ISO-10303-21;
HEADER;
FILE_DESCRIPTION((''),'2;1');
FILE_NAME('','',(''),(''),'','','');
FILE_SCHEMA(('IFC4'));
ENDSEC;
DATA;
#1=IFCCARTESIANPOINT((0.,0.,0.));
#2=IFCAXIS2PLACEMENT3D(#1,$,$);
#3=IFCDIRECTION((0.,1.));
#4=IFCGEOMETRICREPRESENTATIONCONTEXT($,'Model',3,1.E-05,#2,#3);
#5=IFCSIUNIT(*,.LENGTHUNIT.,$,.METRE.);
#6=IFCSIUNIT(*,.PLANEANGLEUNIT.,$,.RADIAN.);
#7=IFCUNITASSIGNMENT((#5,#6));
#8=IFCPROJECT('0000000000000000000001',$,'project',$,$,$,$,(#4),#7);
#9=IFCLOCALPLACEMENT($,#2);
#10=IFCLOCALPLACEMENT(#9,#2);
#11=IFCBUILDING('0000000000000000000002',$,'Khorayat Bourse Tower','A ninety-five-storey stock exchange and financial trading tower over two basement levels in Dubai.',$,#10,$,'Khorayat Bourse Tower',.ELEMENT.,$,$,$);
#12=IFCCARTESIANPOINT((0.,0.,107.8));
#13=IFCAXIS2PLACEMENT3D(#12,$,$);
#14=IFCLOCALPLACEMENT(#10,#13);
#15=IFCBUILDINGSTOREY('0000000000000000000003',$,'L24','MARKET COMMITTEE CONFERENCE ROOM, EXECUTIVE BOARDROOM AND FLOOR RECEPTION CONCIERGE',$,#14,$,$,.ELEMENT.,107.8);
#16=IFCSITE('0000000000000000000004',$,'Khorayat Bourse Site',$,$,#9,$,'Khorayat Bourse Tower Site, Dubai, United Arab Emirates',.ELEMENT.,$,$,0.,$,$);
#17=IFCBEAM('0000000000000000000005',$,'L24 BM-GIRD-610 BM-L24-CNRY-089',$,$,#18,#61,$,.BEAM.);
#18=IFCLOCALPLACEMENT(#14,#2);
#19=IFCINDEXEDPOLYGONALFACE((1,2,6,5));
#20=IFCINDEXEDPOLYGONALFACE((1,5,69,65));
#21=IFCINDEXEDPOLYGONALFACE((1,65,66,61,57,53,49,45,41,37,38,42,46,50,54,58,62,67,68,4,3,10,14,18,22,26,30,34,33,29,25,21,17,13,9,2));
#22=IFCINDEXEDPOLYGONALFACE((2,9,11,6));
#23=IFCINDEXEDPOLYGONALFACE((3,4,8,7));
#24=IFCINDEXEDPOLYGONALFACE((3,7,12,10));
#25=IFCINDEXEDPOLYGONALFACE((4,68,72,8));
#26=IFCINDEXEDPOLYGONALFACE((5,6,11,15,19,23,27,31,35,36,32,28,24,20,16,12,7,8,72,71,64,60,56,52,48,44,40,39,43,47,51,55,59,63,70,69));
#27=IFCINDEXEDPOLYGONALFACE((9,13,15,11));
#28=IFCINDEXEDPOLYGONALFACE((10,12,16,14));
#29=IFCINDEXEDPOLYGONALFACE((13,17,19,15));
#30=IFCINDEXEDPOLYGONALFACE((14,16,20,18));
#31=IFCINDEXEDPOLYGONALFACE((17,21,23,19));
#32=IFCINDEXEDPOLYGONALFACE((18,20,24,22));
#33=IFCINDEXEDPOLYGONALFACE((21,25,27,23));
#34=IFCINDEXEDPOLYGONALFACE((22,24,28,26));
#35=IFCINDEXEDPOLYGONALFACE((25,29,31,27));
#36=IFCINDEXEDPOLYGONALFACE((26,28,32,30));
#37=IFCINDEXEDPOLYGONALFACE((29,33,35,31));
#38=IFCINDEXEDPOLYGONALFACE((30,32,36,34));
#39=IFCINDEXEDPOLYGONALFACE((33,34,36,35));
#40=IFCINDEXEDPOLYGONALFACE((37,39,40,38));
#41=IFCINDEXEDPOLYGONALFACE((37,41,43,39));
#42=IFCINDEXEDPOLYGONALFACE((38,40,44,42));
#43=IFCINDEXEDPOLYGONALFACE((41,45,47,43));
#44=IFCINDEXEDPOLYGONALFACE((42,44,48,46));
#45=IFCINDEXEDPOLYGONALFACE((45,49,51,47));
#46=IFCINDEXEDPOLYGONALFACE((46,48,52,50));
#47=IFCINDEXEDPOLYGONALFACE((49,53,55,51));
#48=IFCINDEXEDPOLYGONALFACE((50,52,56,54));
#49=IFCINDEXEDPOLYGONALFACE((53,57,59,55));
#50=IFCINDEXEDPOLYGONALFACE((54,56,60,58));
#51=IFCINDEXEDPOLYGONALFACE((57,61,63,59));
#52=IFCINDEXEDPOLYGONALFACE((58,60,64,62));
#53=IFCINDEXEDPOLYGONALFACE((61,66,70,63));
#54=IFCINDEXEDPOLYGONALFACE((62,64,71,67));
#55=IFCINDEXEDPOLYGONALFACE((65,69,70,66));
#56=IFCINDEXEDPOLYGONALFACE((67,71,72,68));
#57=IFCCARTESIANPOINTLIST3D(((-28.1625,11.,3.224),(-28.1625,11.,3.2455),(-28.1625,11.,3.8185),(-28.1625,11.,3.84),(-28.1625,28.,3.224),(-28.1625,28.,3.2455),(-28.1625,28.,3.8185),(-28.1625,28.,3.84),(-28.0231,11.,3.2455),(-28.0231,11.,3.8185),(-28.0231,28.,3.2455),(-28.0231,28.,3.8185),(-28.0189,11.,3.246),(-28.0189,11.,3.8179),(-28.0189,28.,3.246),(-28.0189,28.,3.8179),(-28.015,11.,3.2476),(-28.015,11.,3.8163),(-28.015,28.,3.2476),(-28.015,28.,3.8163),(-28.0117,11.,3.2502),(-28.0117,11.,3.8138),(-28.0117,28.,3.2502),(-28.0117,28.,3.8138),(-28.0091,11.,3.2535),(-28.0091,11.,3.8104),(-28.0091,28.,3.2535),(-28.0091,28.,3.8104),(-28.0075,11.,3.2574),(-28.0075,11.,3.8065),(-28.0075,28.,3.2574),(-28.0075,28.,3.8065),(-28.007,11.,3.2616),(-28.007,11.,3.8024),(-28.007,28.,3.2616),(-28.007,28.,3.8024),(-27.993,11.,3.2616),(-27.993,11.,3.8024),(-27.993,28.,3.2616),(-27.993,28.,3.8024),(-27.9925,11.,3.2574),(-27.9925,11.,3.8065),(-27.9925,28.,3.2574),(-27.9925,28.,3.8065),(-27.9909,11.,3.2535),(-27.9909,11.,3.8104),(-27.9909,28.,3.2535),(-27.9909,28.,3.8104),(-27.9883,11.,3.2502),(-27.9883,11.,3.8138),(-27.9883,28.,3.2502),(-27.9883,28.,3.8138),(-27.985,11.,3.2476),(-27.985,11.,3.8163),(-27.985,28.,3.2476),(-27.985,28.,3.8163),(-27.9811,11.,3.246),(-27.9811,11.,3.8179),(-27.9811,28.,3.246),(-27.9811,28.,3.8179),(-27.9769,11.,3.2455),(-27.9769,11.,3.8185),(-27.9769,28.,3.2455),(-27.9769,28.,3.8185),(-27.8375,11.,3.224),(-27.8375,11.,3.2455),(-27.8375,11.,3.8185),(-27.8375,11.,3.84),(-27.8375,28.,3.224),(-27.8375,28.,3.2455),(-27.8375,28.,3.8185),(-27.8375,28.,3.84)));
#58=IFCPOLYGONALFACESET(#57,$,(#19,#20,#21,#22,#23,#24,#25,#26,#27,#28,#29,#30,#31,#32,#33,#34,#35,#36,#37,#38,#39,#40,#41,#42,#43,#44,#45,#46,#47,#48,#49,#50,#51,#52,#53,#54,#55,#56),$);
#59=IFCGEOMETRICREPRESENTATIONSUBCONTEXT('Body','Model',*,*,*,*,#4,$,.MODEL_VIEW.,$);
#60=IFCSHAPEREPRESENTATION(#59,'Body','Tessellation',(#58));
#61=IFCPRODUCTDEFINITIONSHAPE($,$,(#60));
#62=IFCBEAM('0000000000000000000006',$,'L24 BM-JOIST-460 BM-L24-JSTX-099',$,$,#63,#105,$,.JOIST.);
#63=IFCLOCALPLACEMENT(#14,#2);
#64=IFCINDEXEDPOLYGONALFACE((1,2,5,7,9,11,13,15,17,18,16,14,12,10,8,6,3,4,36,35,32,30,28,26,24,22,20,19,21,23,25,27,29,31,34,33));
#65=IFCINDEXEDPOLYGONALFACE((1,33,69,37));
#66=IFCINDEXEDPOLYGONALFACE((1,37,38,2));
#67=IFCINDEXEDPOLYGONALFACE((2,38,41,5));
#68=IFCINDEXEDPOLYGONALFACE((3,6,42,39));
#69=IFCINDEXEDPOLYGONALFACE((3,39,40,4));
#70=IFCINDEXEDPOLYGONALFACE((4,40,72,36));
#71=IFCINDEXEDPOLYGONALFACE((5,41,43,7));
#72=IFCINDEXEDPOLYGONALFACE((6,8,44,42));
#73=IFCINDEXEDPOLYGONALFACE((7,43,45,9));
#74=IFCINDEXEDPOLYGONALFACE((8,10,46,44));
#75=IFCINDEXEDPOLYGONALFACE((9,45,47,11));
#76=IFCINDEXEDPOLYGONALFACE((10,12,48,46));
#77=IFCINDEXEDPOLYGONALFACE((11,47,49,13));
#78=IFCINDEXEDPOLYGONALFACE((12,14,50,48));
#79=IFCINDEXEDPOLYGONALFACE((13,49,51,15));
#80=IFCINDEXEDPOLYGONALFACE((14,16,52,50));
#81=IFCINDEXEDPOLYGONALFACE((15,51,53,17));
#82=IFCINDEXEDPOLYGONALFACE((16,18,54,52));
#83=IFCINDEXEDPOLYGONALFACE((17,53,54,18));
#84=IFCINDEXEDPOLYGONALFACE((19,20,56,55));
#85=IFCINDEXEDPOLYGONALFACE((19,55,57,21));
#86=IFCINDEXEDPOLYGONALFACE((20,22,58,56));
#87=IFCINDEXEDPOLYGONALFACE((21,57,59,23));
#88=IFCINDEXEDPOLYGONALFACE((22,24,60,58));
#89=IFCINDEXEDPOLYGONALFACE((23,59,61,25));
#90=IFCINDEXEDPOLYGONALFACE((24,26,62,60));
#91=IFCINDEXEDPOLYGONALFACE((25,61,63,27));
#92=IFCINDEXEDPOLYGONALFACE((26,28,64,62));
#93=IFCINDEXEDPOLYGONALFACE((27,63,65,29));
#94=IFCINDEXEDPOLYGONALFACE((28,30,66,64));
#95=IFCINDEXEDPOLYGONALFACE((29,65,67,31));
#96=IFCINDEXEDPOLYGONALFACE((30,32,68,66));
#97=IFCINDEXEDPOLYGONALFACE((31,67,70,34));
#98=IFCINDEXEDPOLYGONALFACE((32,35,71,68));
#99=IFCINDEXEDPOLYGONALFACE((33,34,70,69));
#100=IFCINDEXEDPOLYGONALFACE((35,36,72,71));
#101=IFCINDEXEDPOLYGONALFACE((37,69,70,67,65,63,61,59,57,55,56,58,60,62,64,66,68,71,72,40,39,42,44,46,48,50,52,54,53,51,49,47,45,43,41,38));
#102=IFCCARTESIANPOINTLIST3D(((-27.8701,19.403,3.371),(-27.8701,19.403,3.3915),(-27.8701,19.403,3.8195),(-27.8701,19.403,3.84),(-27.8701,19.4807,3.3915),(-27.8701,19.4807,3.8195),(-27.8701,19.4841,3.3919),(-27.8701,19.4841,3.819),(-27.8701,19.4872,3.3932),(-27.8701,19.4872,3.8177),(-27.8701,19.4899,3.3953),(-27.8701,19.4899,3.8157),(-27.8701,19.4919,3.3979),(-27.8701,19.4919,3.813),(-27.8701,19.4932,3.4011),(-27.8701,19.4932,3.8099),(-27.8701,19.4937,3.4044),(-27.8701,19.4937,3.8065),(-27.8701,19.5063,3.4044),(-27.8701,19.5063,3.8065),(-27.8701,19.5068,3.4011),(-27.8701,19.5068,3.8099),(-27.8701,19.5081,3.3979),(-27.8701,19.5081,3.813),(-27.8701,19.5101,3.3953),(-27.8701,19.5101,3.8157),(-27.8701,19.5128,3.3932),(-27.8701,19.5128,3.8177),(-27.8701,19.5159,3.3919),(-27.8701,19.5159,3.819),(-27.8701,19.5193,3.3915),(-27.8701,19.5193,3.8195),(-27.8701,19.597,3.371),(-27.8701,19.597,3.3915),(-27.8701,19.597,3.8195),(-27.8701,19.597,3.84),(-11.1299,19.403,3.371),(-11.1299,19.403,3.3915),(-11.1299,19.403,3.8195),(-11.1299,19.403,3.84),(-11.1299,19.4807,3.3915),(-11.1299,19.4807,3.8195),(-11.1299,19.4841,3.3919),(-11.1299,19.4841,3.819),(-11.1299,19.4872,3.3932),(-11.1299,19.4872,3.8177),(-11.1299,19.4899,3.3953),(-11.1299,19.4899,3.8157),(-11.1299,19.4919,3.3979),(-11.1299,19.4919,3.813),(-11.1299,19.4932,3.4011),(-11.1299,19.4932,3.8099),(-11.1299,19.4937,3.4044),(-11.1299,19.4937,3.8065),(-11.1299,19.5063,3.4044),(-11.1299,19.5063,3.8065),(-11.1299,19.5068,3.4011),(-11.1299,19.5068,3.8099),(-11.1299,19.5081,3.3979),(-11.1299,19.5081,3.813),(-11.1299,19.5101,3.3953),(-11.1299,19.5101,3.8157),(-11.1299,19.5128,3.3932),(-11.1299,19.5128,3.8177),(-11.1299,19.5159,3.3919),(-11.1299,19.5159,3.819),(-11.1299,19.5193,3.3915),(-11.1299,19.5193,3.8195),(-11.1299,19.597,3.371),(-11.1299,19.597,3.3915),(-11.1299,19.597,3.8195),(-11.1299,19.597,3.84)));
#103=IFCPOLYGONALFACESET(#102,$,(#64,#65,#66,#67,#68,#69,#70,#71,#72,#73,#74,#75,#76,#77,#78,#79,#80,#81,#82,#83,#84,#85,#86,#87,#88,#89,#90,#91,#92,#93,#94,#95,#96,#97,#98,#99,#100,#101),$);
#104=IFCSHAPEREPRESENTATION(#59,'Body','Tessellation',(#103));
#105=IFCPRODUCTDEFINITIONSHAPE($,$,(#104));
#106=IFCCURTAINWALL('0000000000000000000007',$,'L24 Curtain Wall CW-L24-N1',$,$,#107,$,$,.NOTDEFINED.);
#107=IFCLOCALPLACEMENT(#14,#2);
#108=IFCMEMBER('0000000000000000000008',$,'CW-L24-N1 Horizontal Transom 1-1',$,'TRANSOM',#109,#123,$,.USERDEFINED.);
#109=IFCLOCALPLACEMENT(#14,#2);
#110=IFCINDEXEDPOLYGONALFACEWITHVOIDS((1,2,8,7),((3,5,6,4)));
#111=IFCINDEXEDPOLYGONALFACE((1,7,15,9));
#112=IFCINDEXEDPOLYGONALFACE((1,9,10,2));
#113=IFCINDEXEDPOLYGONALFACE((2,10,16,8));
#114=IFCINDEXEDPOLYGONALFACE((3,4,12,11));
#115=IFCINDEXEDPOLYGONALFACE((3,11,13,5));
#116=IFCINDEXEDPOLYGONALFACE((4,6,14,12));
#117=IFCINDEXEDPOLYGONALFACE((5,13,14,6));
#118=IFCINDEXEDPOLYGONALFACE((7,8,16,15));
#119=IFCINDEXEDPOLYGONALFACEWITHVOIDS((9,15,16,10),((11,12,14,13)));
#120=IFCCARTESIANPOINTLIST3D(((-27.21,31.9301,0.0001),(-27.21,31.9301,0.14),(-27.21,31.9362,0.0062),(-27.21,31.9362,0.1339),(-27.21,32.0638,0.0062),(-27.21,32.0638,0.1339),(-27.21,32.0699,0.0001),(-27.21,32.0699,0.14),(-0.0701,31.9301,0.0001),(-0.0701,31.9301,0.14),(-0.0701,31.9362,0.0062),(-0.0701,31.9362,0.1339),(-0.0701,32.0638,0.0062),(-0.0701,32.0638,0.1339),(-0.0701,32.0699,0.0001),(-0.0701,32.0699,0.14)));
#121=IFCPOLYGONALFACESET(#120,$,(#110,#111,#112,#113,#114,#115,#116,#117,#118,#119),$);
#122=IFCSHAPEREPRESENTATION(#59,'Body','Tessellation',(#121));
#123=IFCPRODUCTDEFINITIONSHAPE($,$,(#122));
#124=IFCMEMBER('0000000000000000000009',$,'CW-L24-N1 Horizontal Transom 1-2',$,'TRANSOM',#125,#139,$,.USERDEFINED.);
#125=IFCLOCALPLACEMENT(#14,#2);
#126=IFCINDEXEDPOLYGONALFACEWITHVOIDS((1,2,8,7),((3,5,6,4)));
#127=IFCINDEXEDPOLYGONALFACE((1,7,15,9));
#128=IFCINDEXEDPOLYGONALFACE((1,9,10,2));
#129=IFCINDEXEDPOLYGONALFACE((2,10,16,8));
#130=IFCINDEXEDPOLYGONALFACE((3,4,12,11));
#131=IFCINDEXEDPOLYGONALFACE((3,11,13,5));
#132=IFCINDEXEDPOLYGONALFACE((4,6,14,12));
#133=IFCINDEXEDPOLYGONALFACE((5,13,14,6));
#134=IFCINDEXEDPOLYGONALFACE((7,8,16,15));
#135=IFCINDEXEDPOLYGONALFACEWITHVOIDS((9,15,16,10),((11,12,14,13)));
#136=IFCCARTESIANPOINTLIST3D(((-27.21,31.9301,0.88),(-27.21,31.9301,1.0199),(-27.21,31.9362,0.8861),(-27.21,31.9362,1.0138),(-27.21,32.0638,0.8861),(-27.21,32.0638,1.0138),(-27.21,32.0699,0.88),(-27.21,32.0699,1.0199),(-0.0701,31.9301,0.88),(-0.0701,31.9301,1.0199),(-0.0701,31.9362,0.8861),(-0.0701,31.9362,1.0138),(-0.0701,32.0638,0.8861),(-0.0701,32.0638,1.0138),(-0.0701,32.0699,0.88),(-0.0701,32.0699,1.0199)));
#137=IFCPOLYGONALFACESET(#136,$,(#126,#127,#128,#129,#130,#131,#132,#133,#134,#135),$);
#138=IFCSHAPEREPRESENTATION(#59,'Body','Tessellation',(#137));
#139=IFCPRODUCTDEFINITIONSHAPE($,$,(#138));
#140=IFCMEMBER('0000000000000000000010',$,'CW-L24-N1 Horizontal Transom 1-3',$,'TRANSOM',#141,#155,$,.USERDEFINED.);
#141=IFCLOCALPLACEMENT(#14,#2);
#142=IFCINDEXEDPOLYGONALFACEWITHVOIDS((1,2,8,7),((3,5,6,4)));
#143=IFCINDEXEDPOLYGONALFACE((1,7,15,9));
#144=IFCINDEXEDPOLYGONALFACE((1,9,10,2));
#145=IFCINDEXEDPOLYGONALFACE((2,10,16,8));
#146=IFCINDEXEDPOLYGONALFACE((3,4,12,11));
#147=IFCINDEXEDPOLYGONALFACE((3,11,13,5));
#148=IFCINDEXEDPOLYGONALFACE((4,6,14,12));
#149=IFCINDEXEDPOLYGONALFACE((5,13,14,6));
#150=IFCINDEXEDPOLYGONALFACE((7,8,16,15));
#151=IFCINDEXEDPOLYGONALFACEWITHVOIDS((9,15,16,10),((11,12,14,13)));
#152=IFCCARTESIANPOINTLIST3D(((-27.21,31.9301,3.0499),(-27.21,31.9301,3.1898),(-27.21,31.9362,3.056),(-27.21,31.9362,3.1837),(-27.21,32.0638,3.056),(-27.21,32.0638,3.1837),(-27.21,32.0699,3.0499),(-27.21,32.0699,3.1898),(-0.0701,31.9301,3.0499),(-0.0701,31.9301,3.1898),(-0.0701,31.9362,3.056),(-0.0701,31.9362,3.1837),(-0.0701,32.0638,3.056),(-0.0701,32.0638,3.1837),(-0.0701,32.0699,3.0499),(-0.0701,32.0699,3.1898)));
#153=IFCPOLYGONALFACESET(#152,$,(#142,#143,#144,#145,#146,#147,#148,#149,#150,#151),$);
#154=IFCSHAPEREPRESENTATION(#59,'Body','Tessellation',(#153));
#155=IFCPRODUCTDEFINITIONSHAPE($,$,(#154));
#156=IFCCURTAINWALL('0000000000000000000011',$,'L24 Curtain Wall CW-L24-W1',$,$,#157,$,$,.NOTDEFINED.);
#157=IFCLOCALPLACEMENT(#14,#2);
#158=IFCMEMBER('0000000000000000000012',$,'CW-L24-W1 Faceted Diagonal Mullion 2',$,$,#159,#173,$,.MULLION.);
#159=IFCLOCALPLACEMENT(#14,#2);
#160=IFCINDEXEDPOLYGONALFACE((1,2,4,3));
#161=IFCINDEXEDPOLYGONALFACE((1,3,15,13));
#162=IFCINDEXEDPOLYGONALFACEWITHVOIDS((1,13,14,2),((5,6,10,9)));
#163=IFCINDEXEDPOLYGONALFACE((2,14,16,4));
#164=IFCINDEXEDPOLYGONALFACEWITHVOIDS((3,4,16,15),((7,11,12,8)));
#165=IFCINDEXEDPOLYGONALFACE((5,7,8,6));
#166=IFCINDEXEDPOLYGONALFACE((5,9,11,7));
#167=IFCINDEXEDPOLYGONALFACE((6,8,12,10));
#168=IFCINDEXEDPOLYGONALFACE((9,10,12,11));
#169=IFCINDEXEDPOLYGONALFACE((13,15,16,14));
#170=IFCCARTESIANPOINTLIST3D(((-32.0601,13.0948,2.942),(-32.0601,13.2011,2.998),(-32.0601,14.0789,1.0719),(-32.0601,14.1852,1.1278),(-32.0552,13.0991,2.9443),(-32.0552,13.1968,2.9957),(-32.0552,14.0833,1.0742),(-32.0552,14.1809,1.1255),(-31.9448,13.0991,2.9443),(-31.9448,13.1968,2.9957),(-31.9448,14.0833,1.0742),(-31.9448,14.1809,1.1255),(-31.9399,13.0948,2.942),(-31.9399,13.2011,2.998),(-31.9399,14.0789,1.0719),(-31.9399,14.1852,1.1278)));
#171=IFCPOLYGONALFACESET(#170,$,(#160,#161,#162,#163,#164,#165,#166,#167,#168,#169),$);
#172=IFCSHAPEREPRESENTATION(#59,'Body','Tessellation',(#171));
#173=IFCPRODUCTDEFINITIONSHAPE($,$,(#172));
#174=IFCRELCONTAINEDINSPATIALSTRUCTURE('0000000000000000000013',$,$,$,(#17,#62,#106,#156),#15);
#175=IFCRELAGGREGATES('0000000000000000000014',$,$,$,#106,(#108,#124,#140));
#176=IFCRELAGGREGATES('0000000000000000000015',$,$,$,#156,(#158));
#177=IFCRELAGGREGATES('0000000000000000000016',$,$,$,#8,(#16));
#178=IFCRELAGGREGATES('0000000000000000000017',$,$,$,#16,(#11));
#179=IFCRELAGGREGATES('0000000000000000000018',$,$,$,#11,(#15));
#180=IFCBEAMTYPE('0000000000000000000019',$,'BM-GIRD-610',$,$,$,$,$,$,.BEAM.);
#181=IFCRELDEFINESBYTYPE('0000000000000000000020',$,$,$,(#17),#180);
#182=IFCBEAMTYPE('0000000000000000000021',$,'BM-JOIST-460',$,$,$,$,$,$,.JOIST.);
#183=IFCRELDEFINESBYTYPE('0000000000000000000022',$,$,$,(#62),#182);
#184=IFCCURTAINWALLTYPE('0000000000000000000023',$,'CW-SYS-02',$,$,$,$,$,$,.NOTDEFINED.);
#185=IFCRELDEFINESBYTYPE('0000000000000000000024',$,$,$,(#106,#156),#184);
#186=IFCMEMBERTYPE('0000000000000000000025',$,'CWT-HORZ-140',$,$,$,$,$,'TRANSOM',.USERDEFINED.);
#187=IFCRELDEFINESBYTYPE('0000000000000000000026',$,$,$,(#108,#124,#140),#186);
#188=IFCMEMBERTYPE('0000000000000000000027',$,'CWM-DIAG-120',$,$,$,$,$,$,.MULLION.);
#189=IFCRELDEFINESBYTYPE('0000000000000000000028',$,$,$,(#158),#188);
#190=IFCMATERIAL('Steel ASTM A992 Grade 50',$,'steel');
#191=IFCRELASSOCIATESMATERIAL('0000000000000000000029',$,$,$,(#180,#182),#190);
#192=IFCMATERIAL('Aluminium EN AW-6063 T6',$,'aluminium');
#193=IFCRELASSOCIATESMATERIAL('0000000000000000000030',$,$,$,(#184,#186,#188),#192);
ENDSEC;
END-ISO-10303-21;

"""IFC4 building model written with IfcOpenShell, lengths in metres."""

from ifc_helpers import new_model, si_unit, direction, frame, origin, origin_2d, place, context, subcontext, project, spatial, hollow_rectangle, i_section, extrude, source, transform, mapped, material, material_profile, profile_set, type_object, element, aggregate, save


model = new_model("IFC4")

# Units and contexts
model_context = context("Model", 3, precision=1e-05, world=origin(), true_north=direction((0.0, 1.0)))
body_context = subcontext(model_context, "Body", "Model", "MODEL_VIEW")
ifc_project = project(units=[si_unit("LENGTHUNIT", "METRE"), si_unit("PLANEANGLEUNIT", "RADIAN")], contexts=[model_context])

# Site, building, storey
site_placement = place(None, origin())
site = spatial("IfcSite", under=ifc_project, at=site_placement, Name="Khorayat Bourse Site", LongName="Khorayat Bourse Tower Site, Dubai, United Arab Emirates", CompositionType="ELEMENT", RefElevation=0.0)
building_placement = place(site_placement, origin())
building = spatial("IfcBuilding", under=site, at=building_placement, Name="Khorayat Bourse Tower", Description="A ninety-five-storey stock exchange and financial trading tower over two basement levels in Dubai.", LongName="Khorayat Bourse Tower", CompositionType="ELEMENT")
storey_placement = place(building_placement, frame((0.0, 0.0, 107.8)))
storey = spatial("IfcBuildingStorey", under=building, at=storey_placement, Name="L24", Description="MARKET COMMITTEE CONFERENCE ROOM, EXECUTIVE BOARDROOM AND FLOOR RECEPTION CONCIERGE", CompositionType="ELEMENT", Elevation=107.8)

# Beams
ifc_material_1 = material(Name="Steel ASTM A992 Grade 50", Category="steel")
ifc_material_profile_1 = material_profile(ifc_material_1, i_section(OverallWidth=0.325, OverallDepth=0.616, WebThickness=0.0139, FlangeThickness=0.0215, FilletRadius=0.0161, at=origin_2d()), Name="W610X174")
ifc_profile_set_1 = profile_set([ifc_material_profile_1], Name="Steel ASTM A992 Grade 50")
beam_type_1 = type_object("IfcBeamType", Name="BM-GIRD-610", PredefinedType="BEAM", material=ifc_profile_set_1)
shared_shape_1 = source(origin(), body_context, "Body", "SweptSolid", [
    extrude(i_section(OverallWidth=0.325, OverallDepth=0.616, WebThickness=0.0139, FlangeThickness=0.0215, FilletRadius=0.0161, at=origin_2d()), origin(), (0.0, 0.0, 1.0), 17.0),
])
beam_1_placement = place(storey_placement, frame((-28.0, 11.0, 3.532), z_axis=(0.0, 1.0, 0.0), x_axis=(-1.0, 0.0, 0.0)))
element("IfcBeam", 1, at=beam_1_placement, inside=storey, type_object=beam_type_1, Name="L24 BM-GIRD-610 BM-L24-CNRY-089", PredefinedType="BEAM", context=body_context, shape_type="MappedRepresentation", body=[
    mapped(shared_shape_1, transform((0.0, 0.0, 0.0), scale=1.0)),
])
ifc_material_profile_2 = material_profile(ifc_material_1, i_section(OverallWidth=0.1941, OverallDepth=0.469, WebThickness=0.0127, FlangeThickness=0.0205, FilletRadius=0.0129, at=origin_2d()), Name="W460X106")
ifc_profile_set_2 = profile_set([ifc_material_profile_2], Name="Steel ASTM A992 Grade 50")
beam_type_2 = type_object("IfcBeamType", Name="BM-JOIST-460", PredefinedType="JOIST", material=ifc_profile_set_2)
shared_shape_2 = source(origin(), body_context, "Body", "SweptSolid", [
    extrude(i_section(OverallWidth=0.1941, OverallDepth=0.469, WebThickness=0.0127, FlangeThickness=0.0205, FilletRadius=0.0129, at=origin_2d()), origin(), (0.0, 0.0, 1.0), 16.7402),
])
beam_2_placement = place(storey_placement, frame((-27.8701, 19.5, 3.6055), z_axis=(1.0, 0.0, 0.0), x_axis=(0.0, 1.0, 0.0)))
element("IfcBeam", 2, at=beam_2_placement, inside=storey, type_object=beam_type_2, Name="L24 BM-JOIST-460 BM-L24-JSTX-099", PredefinedType="JOIST", context=body_context, shape_type="MappedRepresentation", body=[
    mapped(shared_shape_2, transform((0.0, 0.0, 0.0), scale=1.0)),
])

# Curtain wall, members
ifc_material_2 = material(Name="Aluminium EN AW-6063 T6", Category="aluminium")
curtain_wall_type = type_object("IfcCurtainWallType", Name="CW-SYS-02", PredefinedType="NOTDEFINED", material=ifc_material_2)
curtain_wall_1_placement = place(storey_placement, origin())
curtain_wall_1 = element("IfcCurtainWall", 3, at=curtain_wall_1_placement, inside=storey, type_object=curtain_wall_type, Name="L24 Curtain Wall CW-L24-N1", PredefinedType="NOTDEFINED")
ifc_material_profile_3 = material_profile(ifc_material_2, hollow_rectangle(XDim=0.1399, YDim=0.1399, WallThickness=0.0061, at=origin_2d()), Name="ALU 140x140x6")
ifc_profile_set_3 = profile_set([ifc_material_profile_3], Name="Aluminium EN AW-6063 T6")
member_type_1 = type_object("IfcMemberType", Name="CWT-HORZ-140", ElementType="TRANSOM", PredefinedType="USERDEFINED", material=ifc_profile_set_3)
shared_shape_3 = source(origin(), body_context, "Body", "SweptSolid", [
    extrude(hollow_rectangle(XDim=0.1399, YDim=0.1399, WallThickness=0.0061, at=origin_2d()), origin(), (0.0, 0.0, 1.0), 27.1399),
])
member_1_placement = place(storey_placement, frame((-27.21, 32.0, 0.0701), z_axis=(1.0, 0.0, 0.0), x_axis=(0.0, 1.0, 0.0)))
member_1 = element("IfcMember", 4, at=member_1_placement, type_object=member_type_1, Name="CW-L24-N1 Horizontal Transom 1-1", ObjectType="TRANSOM", PredefinedType="USERDEFINED", context=body_context, shape_type="MappedRepresentation", body=[
    mapped(shared_shape_3, transform((0.0, 0.0, 0.0), scale=1.0)),
])
member_2_placement = place(storey_placement, frame((-27.21, 32.0, 0.95), z_axis=(1.0, 0.0, 0.0), x_axis=(0.0, 1.0, 0.0)))
member_2 = element("IfcMember", 5, at=member_2_placement, type_object=member_type_1, Name="CW-L24-N1 Horizontal Transom 1-2", ObjectType="TRANSOM", PredefinedType="USERDEFINED", context=body_context, shape_type="MappedRepresentation", body=[
    mapped(shared_shape_3, transform((0.0, 0.0, 0.0), scale=1.0)),
])
member_3_placement = place(storey_placement, frame((-27.21, 32.0, 3.1199), z_axis=(1.0, 0.0, 0.0), x_axis=(0.0, 1.0, 0.0)))
member_3 = element("IfcMember", 6, at=member_3_placement, type_object=member_type_1, Name="CW-L24-N1 Horizontal Transom 1-3", ObjectType="TRANSOM", PredefinedType="USERDEFINED", context=body_context, shape_type="MappedRepresentation", body=[
    mapped(shared_shape_3, transform((0.0, 0.0, 0.0), scale=1.0)),
])

# Curtain wall, member
curtain_wall_2_placement = place(storey_placement, origin())
curtain_wall_2 = element("IfcCurtainWall", 7, at=curtain_wall_2_placement, inside=storey, type_object=curtain_wall_type, Name="L24 Curtain Wall CW-L24-W1", PredefinedType="NOTDEFINED")
ifc_material_profile_4 = material_profile(ifc_material_2, hollow_rectangle(XDim=0.1201, YDim=0.1201, WallThickness=0.0049, at=origin_2d()), Name="ALU 120x120x5")
ifc_profile_set_4 = profile_set([ifc_material_profile_4], Name="Aluminium EN AW-6063 T6")
member_type_2 = type_object("IfcMemberType", Name="CWM-DIAG-120", PredefinedType="MULLION", material=ifc_profile_set_4)
shared_shape_4 = source(origin(), body_context, "Body", "SweptSolid", [
    extrude(hollow_rectangle(XDim=0.1201, YDim=0.1201, WallThickness=0.0049, at=origin_2d()), origin(), (0.0, 0.0, 1.0), 2.1133),
])
member_4_placement = place(storey_placement, frame((-32.0, 14.1321, 1.0999), z_axis=(0.0, -0.465694, 0.884946), x_axis=(1.0, 0.0, 0.0)))
member_4 = element("IfcMember", 8, at=member_4_placement, type_object=member_type_2, Name="CW-L24-W1 Faceted Diagonal Mullion 2", PredefinedType="MULLION", context=body_context, shape_type="MappedRepresentation", body=[
    mapped(shared_shape_4, transform((0.0, 0.0, 0.0), scale=1.0)),
])

aggregate(curtain_wall_1, [member_1, member_2, member_3])

aggregate(curtain_wall_2, [member_4])

save(model, "model.ifc")
